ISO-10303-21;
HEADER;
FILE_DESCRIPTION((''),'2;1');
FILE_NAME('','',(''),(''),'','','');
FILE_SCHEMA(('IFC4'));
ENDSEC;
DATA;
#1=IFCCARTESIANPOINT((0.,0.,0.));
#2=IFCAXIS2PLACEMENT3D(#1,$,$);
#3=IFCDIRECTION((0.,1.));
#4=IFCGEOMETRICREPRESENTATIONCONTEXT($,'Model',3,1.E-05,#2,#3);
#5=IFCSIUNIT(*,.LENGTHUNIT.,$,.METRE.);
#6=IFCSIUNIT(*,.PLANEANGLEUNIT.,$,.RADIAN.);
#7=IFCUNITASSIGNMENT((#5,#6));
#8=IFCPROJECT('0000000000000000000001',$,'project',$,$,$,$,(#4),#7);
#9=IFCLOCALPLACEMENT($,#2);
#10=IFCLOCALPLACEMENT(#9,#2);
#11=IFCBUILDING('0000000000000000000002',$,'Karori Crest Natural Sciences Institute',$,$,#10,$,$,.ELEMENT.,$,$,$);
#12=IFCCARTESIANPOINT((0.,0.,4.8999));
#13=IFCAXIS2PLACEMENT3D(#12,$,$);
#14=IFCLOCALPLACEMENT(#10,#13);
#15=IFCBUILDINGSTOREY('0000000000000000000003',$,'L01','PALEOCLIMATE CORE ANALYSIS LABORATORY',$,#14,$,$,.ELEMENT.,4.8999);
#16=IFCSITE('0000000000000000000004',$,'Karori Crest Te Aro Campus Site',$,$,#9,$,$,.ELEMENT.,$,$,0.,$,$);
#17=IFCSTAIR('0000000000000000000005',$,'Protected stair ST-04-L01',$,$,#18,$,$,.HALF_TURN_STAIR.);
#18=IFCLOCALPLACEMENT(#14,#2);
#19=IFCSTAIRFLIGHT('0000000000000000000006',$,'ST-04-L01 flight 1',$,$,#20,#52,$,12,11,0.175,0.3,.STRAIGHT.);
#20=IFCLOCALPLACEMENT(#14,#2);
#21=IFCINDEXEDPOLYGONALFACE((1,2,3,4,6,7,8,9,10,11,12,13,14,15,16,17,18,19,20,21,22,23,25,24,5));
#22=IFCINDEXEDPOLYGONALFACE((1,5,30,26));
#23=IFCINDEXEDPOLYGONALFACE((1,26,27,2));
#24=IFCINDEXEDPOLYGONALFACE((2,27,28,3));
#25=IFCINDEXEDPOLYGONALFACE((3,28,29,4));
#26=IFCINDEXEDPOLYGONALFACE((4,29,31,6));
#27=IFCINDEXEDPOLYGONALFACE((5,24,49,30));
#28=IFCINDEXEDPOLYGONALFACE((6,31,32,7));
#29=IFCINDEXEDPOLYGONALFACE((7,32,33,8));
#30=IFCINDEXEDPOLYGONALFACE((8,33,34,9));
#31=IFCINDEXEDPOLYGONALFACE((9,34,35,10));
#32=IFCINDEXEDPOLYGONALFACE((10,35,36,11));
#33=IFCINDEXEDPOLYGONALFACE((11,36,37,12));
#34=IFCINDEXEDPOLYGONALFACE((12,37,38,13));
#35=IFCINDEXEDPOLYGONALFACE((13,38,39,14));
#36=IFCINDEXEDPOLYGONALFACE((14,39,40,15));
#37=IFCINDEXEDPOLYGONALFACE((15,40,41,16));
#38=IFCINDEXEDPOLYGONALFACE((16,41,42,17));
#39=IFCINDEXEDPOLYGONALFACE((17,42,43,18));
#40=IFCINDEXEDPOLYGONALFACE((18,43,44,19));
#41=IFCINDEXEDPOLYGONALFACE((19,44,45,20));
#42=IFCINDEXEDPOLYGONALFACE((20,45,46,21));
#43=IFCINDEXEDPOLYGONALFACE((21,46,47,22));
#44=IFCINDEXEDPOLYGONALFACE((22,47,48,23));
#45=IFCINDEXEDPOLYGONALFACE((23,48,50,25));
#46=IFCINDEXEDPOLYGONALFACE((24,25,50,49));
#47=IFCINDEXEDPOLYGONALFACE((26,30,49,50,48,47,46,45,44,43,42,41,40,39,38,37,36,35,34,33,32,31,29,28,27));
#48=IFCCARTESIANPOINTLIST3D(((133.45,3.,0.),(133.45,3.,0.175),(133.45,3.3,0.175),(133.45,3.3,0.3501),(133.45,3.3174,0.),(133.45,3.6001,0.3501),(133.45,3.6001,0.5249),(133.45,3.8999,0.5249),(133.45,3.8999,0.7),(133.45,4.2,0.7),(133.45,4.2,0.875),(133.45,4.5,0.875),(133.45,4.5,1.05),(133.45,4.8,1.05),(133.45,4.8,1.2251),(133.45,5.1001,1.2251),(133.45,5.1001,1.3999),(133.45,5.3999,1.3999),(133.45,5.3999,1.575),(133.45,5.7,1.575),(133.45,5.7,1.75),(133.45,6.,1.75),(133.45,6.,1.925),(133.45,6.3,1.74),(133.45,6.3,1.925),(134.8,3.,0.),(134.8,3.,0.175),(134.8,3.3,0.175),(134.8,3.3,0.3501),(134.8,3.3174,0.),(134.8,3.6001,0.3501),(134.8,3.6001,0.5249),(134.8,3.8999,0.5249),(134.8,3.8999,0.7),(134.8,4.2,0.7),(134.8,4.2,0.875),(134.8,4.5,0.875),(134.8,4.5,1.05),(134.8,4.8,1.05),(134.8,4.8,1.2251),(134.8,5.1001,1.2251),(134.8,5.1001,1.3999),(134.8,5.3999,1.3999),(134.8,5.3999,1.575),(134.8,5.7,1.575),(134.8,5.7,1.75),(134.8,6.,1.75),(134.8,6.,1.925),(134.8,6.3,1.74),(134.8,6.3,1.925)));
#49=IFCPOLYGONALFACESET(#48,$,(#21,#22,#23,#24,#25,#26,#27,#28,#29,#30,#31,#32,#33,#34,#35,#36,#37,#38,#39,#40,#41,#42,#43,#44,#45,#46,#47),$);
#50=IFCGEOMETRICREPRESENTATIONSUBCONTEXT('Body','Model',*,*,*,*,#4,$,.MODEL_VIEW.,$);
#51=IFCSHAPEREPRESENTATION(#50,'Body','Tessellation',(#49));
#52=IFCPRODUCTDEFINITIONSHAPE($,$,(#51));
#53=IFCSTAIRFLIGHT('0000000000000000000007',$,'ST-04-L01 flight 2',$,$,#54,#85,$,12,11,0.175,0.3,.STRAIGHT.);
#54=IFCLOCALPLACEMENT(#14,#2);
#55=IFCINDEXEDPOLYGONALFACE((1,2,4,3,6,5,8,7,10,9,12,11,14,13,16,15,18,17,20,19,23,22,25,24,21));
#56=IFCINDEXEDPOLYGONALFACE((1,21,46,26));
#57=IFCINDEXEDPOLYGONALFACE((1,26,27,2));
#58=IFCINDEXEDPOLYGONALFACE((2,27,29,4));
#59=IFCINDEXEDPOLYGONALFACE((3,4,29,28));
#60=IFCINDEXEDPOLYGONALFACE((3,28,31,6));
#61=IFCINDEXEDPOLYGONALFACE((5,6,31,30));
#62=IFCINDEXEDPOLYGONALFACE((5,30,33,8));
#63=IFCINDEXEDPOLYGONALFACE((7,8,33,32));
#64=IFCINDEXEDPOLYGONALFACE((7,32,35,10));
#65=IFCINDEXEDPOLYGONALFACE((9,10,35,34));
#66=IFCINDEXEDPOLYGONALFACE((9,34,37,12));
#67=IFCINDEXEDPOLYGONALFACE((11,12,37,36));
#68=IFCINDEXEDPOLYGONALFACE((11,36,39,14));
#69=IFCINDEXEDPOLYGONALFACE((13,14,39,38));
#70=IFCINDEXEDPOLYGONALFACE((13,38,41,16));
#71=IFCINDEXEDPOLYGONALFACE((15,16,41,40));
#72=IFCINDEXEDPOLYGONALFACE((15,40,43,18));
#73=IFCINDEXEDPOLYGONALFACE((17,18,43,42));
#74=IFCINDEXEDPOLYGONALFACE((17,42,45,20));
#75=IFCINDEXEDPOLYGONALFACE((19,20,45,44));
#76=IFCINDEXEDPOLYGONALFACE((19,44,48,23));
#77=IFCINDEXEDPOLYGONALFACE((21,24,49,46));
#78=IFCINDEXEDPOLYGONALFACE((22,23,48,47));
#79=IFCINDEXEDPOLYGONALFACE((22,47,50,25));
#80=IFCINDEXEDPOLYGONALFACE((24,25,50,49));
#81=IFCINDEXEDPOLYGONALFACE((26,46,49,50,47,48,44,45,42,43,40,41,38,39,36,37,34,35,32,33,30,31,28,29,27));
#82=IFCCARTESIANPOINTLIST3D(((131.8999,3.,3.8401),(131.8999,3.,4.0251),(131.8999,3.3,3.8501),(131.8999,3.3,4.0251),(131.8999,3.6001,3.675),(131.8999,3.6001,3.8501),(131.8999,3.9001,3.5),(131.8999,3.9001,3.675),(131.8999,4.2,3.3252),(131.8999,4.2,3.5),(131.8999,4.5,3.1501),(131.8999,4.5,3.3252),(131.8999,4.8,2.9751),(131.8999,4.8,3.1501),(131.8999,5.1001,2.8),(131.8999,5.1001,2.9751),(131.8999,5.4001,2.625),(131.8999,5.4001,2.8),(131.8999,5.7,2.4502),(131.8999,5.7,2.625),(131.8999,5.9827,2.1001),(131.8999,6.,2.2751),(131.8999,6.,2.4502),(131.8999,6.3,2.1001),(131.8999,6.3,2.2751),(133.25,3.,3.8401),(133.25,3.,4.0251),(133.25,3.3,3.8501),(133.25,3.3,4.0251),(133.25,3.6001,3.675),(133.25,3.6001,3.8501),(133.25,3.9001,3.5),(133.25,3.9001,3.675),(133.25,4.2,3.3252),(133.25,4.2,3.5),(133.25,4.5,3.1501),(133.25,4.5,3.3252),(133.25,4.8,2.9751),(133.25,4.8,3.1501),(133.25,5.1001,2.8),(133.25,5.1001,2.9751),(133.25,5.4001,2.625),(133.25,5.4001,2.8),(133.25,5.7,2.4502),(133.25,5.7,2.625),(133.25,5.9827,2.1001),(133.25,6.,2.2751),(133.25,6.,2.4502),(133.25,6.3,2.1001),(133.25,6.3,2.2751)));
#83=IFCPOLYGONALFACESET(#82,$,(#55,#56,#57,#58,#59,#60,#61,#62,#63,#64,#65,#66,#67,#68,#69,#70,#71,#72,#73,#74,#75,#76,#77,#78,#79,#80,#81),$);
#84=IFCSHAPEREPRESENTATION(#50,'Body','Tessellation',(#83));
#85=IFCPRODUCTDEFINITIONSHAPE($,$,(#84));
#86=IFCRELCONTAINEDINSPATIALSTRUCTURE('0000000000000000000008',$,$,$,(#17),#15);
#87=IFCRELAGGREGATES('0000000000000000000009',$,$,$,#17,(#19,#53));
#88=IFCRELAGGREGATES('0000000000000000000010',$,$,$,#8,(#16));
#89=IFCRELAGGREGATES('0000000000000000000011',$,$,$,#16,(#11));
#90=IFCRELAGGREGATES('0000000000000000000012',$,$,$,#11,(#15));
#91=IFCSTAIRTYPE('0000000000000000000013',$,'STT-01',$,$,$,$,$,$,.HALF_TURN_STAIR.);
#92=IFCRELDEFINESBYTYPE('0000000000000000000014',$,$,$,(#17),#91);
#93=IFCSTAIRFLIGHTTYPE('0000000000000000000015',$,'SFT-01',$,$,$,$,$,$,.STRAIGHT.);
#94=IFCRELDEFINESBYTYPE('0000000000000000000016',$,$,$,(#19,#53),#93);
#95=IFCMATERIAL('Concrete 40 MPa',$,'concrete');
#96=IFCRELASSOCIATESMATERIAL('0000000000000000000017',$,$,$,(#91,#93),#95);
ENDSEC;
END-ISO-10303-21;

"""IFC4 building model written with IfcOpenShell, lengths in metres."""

from ifc_helpers import new_model, si_unit, direction, frame, origin, place, context, subcontext, project, spatial, polyline, outline, extrude, material, type_object, element, aggregate, save


model = new_model("IFC4")

# Units and contexts
model_context = context("Model", 3, precision=1e-05, world=origin(), true_north=direction((0.0, 1.0)))
body_context = subcontext(model_context, "Body", "Model", "MODEL_VIEW")
ifc_project = project(units=[si_unit("LENGTHUNIT", "METRE"), si_unit("PLANEANGLEUNIT", "RADIAN")], contexts=[model_context])

# Site, building, storey
site_placement = place(None, origin())
site = spatial("IfcSite", under=ifc_project, at=site_placement, Name="Karori Crest Te Aro Campus Site", CompositionType="ELEMENT", RefElevation=0.0)
building_placement = place(site_placement, origin())
building = spatial("IfcBuilding", under=site, at=building_placement, Name="Karori Crest Natural Sciences Institute", CompositionType="ELEMENT")
storey_placement = place(building_placement, frame((0.0, 0.0, 4.8999)))
storey = spatial("IfcBuildingStorey", under=building, at=storey_placement, Name="L01", Description="PALEOCLIMATE CORE ANALYSIS LABORATORY", CompositionType="ELEMENT", Elevation=4.8999)

# Stair, stair flights
ifc_material_1 = material(Name="Concrete 40 MPa", Category="concrete")
stair_type = type_object("IfcStairType", Name="STT-01", PredefinedType="HALF_TURN_STAIR", material=ifc_material_1)
stair_placement = place(storey_placement, origin())
stair = element("IfcStair", 1, at=stair_placement, inside=storey, type_object=stair_type, Name="Protected stair ST-04-L01", PredefinedType="HALF_TURN_STAIR")
stair_flight_type = type_object("IfcStairFlightType", Name="SFT-01", PredefinedType="STRAIGHT", material=ifc_material_1)
stair_flight_1_placement = place(storey_placement, frame((134.125, 3.0, 0.0), z_axis=(0.0, 0.0, 1.0), x_axis=(0.0, 1.0, 0.0)))
stair_flight_1 = element("IfcStairFlight", 2, at=stair_flight_1_placement, type_object=stair_flight_type, Name="ST-04-L01 flight 1", NumberOfRisers=12, NumberOfTreads=11, PredefinedType="STRAIGHT", RiserHeight=0.175, TreadLength=0.3, context=body_context, shape_type="SweptSolid", body=[
    extrude(outline(polyline([(0.0, 0.0), (0.0, 0.175), (0.3, 0.175), (0.3, 0.3501), (0.6001, 0.3501), (0.6001, 0.5249), (0.8999, 0.5249), (0.8999, 0.7), (1.2, 0.7), (1.2, 0.875), (1.5, 0.875), (1.5, 1.05), (1.8, 1.05), (1.8, 1.2251), (2.1001, 1.2251), (2.1001, 1.3999), (2.3999, 1.3999), (2.3999, 1.575), (2.7, 1.575), (2.7, 1.75), (3.0, 1.75), (3.0, 1.925), (3.3, 1.925), (3.3, 2.1001), (3.3, 1.74), (0.3174, 0.0), (0.0, 0.0)])), frame((0.0, 0.675, 0.0), z_axis=(0.0, -1.0, 0.0), x_axis=(1.0, 0.0, 0.0)), (0.0, 0.0, 1.0), 1.3501),
])
stair_flight_2_placement = place(storey_placement, frame((132.575, 6.3, 2.1001), z_axis=(0.0, 0.0, 1.0), x_axis=(0.0, -1.0, 0.0)))
stair_flight_2 = element("IfcStairFlight", 3, at=stair_flight_2_placement, type_object=stair_flight_type, Name="ST-04-L01 flight 2", NumberOfRisers=12, NumberOfTreads=11, PredefinedType="STRAIGHT", RiserHeight=0.175, TreadLength=0.3, context=body_context, shape_type="SweptSolid", body=[
    extrude(outline(polyline([(0.0, 0.0), (0.0, 0.175), (0.3, 0.175), (0.3, 0.3501), (0.6001, 0.3501), (0.6001, 0.5249), (0.8999, 0.5249), (0.8999, 0.7), (1.2, 0.7), (1.2, 0.875), (1.5, 0.875), (1.5, 1.05), (1.8, 1.05), (1.8, 1.2251), (2.1001, 1.2251), (2.1001, 1.3999), (2.3999, 1.3999), (2.3999, 1.575), (2.7, 1.575), (2.7, 1.75), (3.0, 1.75), (3.0, 1.925), (3.3, 1.925), (3.3, 2.1001), (3.3, 1.74), (0.3174, 0.0), (0.0, 0.0)])), frame((0.0, 0.675, 0.0), z_axis=(0.0, -1.0, 0.0), x_axis=(1.0, 0.0, 0.0)), (0.0, 0.0, 1.0), 1.3501),
])
aggregate(stair, [stair_flight_1, stair_flight_2])

save(model, "model.ifc")
